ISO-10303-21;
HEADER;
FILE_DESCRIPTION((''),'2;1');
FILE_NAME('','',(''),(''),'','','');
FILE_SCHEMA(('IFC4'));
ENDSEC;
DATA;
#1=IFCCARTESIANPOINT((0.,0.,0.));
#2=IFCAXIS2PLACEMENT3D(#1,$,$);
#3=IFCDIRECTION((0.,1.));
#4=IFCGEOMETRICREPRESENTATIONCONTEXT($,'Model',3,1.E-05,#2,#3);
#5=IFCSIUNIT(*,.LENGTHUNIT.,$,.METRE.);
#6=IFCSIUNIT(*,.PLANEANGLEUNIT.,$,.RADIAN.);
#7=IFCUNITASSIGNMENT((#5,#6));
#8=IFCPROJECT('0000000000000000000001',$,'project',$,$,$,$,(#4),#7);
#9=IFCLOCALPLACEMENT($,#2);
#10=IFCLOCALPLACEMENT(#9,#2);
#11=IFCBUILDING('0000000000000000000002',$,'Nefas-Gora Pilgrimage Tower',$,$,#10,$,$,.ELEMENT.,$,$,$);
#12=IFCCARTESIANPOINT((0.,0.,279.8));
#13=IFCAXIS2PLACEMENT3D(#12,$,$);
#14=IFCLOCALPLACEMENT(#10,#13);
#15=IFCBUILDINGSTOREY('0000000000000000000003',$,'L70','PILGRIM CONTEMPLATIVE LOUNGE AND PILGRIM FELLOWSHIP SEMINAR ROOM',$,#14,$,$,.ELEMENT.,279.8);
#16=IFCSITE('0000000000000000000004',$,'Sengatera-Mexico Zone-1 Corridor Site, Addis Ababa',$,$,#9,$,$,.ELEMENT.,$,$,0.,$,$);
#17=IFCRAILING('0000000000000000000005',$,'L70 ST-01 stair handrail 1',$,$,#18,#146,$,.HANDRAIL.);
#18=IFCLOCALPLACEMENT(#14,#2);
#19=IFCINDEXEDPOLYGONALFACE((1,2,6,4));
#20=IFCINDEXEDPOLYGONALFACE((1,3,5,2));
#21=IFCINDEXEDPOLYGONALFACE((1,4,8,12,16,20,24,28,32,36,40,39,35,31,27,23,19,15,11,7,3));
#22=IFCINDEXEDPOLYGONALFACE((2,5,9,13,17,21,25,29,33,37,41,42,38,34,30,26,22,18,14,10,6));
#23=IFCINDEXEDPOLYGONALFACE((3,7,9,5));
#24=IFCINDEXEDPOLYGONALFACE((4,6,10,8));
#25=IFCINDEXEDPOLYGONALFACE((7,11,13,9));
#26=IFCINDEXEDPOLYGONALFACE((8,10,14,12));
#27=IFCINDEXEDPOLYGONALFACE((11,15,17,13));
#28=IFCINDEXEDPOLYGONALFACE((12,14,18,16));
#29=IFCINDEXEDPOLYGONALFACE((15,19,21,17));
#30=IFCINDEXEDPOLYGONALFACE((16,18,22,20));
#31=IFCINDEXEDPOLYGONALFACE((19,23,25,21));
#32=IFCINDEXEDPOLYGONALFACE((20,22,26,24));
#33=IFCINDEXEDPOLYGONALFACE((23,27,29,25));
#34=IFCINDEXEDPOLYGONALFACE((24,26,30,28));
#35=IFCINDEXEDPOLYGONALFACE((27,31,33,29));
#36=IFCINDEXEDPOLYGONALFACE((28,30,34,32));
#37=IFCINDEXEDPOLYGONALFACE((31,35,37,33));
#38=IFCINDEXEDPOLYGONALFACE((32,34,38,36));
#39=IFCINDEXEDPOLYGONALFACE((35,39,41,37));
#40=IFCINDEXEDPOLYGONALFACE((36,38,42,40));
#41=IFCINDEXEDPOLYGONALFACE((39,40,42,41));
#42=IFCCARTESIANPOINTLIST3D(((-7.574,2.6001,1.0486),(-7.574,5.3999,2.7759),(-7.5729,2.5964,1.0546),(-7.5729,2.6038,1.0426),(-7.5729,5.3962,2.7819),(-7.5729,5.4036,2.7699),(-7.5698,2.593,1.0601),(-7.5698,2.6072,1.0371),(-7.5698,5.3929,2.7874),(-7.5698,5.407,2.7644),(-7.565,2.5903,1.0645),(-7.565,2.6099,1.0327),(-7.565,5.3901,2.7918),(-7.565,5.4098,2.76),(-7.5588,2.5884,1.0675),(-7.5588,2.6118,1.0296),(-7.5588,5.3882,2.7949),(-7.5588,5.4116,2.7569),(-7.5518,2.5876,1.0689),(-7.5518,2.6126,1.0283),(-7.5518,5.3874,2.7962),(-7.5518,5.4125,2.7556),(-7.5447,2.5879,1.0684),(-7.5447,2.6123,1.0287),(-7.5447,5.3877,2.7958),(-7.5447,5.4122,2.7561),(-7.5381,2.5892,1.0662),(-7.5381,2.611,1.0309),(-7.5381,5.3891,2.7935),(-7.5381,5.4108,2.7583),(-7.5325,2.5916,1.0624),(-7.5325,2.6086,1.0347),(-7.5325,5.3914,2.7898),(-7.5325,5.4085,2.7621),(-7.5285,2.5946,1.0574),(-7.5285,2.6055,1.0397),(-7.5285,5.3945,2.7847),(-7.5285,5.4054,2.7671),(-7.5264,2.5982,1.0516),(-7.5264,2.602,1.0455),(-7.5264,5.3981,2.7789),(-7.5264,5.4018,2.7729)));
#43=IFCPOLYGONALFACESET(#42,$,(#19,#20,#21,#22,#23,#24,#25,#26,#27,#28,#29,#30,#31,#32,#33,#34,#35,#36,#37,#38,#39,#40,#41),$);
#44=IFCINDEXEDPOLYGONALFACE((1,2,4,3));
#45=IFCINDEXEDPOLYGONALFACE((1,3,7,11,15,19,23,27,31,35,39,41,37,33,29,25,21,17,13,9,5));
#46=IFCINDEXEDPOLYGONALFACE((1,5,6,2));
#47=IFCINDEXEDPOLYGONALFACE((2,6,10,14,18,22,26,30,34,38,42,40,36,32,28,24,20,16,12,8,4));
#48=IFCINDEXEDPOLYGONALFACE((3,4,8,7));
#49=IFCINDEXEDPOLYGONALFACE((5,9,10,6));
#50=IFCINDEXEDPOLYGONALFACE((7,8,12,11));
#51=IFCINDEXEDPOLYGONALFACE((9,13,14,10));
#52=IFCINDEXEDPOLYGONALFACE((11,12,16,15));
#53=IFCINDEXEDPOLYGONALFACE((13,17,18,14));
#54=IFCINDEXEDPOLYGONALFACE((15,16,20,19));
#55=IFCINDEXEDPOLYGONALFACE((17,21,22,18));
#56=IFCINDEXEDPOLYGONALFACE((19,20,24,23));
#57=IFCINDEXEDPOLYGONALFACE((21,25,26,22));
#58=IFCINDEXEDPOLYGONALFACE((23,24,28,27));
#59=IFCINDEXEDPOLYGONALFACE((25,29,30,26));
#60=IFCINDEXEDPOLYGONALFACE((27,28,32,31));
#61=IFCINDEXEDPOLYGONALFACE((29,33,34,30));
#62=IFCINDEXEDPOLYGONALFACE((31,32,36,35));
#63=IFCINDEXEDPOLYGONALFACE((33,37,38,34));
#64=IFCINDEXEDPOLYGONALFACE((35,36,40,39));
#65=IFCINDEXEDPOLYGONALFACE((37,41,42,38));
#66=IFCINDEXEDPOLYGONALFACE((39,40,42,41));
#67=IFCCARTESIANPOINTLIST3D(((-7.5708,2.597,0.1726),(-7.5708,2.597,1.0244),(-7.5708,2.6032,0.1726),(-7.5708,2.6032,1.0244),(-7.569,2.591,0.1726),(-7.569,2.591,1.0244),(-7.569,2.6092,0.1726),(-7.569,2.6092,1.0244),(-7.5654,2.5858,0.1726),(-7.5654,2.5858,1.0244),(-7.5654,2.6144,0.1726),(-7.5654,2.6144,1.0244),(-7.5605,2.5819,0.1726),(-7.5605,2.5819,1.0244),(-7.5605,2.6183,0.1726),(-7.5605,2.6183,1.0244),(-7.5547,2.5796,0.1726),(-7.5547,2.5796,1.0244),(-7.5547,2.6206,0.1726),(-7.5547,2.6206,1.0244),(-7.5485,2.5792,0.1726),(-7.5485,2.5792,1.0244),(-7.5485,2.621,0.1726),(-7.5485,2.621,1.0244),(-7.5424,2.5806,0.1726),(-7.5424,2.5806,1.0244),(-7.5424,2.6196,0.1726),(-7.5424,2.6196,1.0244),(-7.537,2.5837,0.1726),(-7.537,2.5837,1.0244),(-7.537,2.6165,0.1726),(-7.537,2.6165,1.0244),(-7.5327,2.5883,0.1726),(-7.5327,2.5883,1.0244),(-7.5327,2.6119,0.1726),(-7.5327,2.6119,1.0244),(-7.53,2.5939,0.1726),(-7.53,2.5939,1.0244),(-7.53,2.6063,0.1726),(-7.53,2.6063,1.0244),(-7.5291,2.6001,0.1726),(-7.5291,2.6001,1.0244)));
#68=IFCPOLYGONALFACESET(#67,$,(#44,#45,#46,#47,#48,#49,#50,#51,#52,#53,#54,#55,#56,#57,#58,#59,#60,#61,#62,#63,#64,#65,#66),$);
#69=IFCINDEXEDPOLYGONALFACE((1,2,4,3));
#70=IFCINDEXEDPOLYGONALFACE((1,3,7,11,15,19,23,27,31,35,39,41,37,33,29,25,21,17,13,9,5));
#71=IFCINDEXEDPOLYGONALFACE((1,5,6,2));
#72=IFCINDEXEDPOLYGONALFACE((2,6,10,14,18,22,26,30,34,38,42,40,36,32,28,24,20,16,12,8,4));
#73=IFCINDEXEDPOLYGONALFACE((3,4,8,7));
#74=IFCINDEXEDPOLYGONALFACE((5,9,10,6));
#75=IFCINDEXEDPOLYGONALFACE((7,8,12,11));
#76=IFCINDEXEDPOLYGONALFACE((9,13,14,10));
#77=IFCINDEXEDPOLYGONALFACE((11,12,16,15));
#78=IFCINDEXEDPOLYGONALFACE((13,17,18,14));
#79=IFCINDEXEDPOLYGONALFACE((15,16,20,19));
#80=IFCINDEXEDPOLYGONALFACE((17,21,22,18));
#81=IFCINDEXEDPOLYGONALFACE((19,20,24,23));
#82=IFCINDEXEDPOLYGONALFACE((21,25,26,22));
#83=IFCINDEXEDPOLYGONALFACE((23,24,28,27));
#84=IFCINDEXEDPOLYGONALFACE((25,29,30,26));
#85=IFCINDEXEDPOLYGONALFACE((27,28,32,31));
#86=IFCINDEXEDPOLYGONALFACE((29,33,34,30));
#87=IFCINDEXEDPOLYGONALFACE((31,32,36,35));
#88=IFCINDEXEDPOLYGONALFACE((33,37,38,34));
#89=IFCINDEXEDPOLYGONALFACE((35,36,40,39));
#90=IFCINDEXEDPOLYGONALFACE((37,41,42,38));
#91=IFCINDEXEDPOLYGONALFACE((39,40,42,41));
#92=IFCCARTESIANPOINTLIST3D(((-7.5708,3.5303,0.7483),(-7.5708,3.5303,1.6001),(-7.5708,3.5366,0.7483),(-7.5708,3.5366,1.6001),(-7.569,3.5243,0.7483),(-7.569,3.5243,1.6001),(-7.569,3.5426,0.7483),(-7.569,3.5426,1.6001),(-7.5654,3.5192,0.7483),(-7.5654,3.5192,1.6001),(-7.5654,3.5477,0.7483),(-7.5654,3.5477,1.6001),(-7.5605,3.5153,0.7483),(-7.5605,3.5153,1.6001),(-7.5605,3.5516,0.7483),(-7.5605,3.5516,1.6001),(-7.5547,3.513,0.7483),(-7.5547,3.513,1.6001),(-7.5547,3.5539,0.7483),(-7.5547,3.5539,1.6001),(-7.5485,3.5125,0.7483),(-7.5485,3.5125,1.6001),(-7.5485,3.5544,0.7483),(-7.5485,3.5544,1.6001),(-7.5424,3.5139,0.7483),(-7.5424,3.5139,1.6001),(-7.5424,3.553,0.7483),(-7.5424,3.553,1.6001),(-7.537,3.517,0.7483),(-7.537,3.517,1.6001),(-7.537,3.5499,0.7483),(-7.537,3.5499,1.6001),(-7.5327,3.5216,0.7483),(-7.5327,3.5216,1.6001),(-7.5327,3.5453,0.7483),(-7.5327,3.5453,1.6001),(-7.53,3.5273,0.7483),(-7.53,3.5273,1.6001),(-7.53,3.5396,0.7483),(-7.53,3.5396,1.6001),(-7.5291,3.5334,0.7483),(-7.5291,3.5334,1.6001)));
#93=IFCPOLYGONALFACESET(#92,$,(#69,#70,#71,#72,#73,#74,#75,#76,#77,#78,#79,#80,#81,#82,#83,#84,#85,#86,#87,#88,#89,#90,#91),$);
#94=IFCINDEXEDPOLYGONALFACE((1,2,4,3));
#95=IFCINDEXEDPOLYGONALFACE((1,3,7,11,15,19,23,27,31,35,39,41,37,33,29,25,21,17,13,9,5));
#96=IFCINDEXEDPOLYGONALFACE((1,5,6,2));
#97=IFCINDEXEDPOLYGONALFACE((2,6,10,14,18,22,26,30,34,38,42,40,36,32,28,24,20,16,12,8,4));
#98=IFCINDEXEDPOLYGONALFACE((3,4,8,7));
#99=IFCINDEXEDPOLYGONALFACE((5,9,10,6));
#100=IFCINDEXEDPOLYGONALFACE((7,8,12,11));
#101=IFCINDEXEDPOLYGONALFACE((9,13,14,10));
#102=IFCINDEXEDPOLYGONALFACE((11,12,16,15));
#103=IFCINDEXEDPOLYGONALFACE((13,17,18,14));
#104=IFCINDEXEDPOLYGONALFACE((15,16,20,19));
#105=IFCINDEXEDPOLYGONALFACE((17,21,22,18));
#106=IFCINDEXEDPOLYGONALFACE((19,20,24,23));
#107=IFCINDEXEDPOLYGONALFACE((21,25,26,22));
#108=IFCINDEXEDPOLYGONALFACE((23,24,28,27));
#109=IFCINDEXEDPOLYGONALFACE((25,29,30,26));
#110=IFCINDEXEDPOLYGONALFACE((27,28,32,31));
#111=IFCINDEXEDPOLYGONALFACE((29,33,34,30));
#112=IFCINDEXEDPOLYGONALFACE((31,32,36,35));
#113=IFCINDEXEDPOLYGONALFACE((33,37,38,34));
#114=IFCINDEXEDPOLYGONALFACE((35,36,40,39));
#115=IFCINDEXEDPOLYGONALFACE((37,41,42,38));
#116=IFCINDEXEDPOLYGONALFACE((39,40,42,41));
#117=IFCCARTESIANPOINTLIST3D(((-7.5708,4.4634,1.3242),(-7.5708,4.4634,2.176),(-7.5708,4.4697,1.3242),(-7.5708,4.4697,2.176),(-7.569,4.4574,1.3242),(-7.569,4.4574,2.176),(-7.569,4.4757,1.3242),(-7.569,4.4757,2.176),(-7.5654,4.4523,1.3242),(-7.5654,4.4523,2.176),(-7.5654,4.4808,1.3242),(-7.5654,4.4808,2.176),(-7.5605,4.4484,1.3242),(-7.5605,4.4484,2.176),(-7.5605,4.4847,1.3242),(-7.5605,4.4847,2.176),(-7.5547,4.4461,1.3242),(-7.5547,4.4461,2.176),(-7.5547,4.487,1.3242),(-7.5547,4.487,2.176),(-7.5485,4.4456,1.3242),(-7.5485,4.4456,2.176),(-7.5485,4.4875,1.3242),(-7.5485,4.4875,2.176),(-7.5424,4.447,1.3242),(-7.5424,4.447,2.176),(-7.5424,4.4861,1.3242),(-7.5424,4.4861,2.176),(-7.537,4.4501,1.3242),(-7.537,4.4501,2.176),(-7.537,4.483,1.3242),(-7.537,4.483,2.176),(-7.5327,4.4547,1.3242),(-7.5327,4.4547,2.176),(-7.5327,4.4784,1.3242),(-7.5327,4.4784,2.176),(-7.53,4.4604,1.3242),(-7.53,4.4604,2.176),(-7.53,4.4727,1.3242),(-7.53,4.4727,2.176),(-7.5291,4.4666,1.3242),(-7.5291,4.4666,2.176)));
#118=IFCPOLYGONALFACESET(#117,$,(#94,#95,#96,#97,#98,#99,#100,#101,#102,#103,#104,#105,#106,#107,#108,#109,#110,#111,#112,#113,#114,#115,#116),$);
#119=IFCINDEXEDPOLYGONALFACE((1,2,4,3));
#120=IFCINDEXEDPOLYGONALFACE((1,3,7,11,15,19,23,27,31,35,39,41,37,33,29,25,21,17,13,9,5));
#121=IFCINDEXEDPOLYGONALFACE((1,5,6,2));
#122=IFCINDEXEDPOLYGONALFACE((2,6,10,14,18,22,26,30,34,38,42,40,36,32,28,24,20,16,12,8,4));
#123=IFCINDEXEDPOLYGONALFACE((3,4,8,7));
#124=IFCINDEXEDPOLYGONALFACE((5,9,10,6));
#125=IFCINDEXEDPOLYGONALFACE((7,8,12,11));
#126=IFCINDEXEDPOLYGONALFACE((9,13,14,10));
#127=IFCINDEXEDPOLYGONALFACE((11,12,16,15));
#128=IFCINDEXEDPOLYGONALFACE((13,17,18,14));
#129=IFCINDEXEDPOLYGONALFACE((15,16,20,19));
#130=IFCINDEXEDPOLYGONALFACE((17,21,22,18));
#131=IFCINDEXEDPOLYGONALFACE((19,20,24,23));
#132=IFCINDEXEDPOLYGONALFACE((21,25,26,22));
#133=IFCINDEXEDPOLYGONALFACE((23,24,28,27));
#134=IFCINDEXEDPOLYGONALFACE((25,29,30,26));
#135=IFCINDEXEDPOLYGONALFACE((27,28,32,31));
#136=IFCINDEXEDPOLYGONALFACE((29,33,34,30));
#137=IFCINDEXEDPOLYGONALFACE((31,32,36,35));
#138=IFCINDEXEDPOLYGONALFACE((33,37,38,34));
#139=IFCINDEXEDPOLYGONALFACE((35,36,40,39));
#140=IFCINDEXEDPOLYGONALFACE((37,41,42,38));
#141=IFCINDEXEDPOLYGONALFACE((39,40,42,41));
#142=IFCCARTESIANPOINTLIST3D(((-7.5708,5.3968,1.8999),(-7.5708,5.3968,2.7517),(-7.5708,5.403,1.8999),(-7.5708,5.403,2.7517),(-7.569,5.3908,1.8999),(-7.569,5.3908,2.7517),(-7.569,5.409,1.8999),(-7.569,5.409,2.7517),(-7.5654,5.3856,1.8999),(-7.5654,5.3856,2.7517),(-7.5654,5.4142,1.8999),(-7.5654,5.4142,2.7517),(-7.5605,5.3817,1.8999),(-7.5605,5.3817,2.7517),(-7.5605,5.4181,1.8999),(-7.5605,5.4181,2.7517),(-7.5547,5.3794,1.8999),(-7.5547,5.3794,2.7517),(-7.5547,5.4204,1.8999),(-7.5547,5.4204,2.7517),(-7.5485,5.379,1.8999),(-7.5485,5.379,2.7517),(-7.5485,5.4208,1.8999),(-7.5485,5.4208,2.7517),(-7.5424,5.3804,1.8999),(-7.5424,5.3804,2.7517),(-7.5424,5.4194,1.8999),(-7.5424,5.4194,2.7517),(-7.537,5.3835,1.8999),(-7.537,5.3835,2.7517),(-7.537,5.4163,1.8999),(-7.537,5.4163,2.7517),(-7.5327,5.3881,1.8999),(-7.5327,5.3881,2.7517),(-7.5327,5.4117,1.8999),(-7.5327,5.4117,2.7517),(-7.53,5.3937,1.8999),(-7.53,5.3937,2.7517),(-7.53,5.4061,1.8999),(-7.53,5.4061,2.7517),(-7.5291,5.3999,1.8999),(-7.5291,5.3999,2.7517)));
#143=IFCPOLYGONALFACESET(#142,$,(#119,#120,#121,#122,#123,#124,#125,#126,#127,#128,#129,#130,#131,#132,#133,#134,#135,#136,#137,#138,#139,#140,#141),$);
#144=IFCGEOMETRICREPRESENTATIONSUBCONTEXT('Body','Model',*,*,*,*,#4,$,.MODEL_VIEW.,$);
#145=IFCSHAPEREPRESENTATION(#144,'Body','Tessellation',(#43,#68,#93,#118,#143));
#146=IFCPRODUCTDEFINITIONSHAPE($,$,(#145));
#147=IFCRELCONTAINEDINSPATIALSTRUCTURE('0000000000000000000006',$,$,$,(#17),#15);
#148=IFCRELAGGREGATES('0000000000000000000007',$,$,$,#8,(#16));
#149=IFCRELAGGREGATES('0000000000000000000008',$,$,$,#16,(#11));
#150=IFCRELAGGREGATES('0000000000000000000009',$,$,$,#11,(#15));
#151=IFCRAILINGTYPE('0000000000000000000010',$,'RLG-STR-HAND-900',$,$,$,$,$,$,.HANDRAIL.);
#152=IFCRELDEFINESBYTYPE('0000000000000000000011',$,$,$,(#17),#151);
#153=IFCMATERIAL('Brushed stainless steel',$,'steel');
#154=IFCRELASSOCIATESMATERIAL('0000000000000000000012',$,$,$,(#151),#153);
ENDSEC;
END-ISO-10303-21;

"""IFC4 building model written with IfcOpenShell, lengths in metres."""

from ifc_helpers import new_model, si_unit, direction, frame, origin, origin_2d, place, context, subcontext, project, spatial, circle, extrude, material, type_object, element, save


model = new_model("IFC4")

# Units and contexts
model_context = context("Model", 3, precision=1e-05, world=origin(), true_north=direction((0.0, 1.0)))
body_context = subcontext(model_context, "Body", "Model", "MODEL_VIEW")
ifc_project = project(units=[si_unit("LENGTHUNIT", "METRE"), si_unit("PLANEANGLEUNIT", "RADIAN")], contexts=[model_context])

# Site, building, storey
site_placement = place(None, origin())
site = spatial("IfcSite", under=ifc_project, at=site_placement, Name="Sengatera-Mexico Zone-1 Corridor Site, Addis Ababa", CompositionType="ELEMENT", RefElevation=0.0)
building_placement = place(site_placement, origin())
building = spatial("IfcBuilding", under=site, at=building_placement, Name="Nefas-Gora Pilgrimage Tower", CompositionType="ELEMENT")
storey_placement = place(building_placement, frame((0.0, 0.0, 279.8)))
storey = spatial("IfcBuildingStorey", under=building, at=storey_placement, Name="L70", Description="PILGRIM CONTEMPLATIVE LOUNGE AND PILGRIM FELLOWSHIP SEMINAR ROOM", CompositionType="ELEMENT", Elevation=279.8)

# Railing
ifc_material_1 = material(Name="Brushed stainless steel", Category="steel")
railing_type_1 = type_object("IfcRailingType", Name="RLG-STR-HAND-900", PredefinedType="HANDRAIL", material=ifc_material_1)
railing_1_placement = place(storey_placement, frame((-7.55, 2.6001, 0.1726)))
element("IfcRailing", 1, at=railing_1_placement, inside=storey, type_object=railing_type_1, Name="L70 ST-01 stair handrail 1", PredefinedType="HANDRAIL", context=body_context, shape_type="SweptSolid", body=[
    extrude(circle(Radius=0.0239, at=origin_2d()), frame((0.0, 0.0, 0.876), z_axis=(0.0, 0.851069, 0.525054), x_axis=(-1.0, 0.0, 0.0)), (0.0, 0.0, 1.0), 3.2898),
    extrude(circle(Radius=0.021, at=origin_2d()), origin(), (0.0, 0.0, 1.0), 0.8518),
    extrude(circle(Radius=0.021, at=origin_2d()), frame((0.0, 0.9333, 0.5757)), (0.0, 0.0, 1.0), 0.8518),
    extrude(circle(Radius=0.021, at=origin_2d()), frame((0.0, 1.8665, 1.1516)), (0.0, 0.0, 1.0), 0.8518),
    extrude(circle(Radius=0.021, at=origin_2d()), frame((0.0, 2.7998, 1.7273)), (0.0, 0.0, 1.0), 0.8518),
])

save(model, "model.ifc")
